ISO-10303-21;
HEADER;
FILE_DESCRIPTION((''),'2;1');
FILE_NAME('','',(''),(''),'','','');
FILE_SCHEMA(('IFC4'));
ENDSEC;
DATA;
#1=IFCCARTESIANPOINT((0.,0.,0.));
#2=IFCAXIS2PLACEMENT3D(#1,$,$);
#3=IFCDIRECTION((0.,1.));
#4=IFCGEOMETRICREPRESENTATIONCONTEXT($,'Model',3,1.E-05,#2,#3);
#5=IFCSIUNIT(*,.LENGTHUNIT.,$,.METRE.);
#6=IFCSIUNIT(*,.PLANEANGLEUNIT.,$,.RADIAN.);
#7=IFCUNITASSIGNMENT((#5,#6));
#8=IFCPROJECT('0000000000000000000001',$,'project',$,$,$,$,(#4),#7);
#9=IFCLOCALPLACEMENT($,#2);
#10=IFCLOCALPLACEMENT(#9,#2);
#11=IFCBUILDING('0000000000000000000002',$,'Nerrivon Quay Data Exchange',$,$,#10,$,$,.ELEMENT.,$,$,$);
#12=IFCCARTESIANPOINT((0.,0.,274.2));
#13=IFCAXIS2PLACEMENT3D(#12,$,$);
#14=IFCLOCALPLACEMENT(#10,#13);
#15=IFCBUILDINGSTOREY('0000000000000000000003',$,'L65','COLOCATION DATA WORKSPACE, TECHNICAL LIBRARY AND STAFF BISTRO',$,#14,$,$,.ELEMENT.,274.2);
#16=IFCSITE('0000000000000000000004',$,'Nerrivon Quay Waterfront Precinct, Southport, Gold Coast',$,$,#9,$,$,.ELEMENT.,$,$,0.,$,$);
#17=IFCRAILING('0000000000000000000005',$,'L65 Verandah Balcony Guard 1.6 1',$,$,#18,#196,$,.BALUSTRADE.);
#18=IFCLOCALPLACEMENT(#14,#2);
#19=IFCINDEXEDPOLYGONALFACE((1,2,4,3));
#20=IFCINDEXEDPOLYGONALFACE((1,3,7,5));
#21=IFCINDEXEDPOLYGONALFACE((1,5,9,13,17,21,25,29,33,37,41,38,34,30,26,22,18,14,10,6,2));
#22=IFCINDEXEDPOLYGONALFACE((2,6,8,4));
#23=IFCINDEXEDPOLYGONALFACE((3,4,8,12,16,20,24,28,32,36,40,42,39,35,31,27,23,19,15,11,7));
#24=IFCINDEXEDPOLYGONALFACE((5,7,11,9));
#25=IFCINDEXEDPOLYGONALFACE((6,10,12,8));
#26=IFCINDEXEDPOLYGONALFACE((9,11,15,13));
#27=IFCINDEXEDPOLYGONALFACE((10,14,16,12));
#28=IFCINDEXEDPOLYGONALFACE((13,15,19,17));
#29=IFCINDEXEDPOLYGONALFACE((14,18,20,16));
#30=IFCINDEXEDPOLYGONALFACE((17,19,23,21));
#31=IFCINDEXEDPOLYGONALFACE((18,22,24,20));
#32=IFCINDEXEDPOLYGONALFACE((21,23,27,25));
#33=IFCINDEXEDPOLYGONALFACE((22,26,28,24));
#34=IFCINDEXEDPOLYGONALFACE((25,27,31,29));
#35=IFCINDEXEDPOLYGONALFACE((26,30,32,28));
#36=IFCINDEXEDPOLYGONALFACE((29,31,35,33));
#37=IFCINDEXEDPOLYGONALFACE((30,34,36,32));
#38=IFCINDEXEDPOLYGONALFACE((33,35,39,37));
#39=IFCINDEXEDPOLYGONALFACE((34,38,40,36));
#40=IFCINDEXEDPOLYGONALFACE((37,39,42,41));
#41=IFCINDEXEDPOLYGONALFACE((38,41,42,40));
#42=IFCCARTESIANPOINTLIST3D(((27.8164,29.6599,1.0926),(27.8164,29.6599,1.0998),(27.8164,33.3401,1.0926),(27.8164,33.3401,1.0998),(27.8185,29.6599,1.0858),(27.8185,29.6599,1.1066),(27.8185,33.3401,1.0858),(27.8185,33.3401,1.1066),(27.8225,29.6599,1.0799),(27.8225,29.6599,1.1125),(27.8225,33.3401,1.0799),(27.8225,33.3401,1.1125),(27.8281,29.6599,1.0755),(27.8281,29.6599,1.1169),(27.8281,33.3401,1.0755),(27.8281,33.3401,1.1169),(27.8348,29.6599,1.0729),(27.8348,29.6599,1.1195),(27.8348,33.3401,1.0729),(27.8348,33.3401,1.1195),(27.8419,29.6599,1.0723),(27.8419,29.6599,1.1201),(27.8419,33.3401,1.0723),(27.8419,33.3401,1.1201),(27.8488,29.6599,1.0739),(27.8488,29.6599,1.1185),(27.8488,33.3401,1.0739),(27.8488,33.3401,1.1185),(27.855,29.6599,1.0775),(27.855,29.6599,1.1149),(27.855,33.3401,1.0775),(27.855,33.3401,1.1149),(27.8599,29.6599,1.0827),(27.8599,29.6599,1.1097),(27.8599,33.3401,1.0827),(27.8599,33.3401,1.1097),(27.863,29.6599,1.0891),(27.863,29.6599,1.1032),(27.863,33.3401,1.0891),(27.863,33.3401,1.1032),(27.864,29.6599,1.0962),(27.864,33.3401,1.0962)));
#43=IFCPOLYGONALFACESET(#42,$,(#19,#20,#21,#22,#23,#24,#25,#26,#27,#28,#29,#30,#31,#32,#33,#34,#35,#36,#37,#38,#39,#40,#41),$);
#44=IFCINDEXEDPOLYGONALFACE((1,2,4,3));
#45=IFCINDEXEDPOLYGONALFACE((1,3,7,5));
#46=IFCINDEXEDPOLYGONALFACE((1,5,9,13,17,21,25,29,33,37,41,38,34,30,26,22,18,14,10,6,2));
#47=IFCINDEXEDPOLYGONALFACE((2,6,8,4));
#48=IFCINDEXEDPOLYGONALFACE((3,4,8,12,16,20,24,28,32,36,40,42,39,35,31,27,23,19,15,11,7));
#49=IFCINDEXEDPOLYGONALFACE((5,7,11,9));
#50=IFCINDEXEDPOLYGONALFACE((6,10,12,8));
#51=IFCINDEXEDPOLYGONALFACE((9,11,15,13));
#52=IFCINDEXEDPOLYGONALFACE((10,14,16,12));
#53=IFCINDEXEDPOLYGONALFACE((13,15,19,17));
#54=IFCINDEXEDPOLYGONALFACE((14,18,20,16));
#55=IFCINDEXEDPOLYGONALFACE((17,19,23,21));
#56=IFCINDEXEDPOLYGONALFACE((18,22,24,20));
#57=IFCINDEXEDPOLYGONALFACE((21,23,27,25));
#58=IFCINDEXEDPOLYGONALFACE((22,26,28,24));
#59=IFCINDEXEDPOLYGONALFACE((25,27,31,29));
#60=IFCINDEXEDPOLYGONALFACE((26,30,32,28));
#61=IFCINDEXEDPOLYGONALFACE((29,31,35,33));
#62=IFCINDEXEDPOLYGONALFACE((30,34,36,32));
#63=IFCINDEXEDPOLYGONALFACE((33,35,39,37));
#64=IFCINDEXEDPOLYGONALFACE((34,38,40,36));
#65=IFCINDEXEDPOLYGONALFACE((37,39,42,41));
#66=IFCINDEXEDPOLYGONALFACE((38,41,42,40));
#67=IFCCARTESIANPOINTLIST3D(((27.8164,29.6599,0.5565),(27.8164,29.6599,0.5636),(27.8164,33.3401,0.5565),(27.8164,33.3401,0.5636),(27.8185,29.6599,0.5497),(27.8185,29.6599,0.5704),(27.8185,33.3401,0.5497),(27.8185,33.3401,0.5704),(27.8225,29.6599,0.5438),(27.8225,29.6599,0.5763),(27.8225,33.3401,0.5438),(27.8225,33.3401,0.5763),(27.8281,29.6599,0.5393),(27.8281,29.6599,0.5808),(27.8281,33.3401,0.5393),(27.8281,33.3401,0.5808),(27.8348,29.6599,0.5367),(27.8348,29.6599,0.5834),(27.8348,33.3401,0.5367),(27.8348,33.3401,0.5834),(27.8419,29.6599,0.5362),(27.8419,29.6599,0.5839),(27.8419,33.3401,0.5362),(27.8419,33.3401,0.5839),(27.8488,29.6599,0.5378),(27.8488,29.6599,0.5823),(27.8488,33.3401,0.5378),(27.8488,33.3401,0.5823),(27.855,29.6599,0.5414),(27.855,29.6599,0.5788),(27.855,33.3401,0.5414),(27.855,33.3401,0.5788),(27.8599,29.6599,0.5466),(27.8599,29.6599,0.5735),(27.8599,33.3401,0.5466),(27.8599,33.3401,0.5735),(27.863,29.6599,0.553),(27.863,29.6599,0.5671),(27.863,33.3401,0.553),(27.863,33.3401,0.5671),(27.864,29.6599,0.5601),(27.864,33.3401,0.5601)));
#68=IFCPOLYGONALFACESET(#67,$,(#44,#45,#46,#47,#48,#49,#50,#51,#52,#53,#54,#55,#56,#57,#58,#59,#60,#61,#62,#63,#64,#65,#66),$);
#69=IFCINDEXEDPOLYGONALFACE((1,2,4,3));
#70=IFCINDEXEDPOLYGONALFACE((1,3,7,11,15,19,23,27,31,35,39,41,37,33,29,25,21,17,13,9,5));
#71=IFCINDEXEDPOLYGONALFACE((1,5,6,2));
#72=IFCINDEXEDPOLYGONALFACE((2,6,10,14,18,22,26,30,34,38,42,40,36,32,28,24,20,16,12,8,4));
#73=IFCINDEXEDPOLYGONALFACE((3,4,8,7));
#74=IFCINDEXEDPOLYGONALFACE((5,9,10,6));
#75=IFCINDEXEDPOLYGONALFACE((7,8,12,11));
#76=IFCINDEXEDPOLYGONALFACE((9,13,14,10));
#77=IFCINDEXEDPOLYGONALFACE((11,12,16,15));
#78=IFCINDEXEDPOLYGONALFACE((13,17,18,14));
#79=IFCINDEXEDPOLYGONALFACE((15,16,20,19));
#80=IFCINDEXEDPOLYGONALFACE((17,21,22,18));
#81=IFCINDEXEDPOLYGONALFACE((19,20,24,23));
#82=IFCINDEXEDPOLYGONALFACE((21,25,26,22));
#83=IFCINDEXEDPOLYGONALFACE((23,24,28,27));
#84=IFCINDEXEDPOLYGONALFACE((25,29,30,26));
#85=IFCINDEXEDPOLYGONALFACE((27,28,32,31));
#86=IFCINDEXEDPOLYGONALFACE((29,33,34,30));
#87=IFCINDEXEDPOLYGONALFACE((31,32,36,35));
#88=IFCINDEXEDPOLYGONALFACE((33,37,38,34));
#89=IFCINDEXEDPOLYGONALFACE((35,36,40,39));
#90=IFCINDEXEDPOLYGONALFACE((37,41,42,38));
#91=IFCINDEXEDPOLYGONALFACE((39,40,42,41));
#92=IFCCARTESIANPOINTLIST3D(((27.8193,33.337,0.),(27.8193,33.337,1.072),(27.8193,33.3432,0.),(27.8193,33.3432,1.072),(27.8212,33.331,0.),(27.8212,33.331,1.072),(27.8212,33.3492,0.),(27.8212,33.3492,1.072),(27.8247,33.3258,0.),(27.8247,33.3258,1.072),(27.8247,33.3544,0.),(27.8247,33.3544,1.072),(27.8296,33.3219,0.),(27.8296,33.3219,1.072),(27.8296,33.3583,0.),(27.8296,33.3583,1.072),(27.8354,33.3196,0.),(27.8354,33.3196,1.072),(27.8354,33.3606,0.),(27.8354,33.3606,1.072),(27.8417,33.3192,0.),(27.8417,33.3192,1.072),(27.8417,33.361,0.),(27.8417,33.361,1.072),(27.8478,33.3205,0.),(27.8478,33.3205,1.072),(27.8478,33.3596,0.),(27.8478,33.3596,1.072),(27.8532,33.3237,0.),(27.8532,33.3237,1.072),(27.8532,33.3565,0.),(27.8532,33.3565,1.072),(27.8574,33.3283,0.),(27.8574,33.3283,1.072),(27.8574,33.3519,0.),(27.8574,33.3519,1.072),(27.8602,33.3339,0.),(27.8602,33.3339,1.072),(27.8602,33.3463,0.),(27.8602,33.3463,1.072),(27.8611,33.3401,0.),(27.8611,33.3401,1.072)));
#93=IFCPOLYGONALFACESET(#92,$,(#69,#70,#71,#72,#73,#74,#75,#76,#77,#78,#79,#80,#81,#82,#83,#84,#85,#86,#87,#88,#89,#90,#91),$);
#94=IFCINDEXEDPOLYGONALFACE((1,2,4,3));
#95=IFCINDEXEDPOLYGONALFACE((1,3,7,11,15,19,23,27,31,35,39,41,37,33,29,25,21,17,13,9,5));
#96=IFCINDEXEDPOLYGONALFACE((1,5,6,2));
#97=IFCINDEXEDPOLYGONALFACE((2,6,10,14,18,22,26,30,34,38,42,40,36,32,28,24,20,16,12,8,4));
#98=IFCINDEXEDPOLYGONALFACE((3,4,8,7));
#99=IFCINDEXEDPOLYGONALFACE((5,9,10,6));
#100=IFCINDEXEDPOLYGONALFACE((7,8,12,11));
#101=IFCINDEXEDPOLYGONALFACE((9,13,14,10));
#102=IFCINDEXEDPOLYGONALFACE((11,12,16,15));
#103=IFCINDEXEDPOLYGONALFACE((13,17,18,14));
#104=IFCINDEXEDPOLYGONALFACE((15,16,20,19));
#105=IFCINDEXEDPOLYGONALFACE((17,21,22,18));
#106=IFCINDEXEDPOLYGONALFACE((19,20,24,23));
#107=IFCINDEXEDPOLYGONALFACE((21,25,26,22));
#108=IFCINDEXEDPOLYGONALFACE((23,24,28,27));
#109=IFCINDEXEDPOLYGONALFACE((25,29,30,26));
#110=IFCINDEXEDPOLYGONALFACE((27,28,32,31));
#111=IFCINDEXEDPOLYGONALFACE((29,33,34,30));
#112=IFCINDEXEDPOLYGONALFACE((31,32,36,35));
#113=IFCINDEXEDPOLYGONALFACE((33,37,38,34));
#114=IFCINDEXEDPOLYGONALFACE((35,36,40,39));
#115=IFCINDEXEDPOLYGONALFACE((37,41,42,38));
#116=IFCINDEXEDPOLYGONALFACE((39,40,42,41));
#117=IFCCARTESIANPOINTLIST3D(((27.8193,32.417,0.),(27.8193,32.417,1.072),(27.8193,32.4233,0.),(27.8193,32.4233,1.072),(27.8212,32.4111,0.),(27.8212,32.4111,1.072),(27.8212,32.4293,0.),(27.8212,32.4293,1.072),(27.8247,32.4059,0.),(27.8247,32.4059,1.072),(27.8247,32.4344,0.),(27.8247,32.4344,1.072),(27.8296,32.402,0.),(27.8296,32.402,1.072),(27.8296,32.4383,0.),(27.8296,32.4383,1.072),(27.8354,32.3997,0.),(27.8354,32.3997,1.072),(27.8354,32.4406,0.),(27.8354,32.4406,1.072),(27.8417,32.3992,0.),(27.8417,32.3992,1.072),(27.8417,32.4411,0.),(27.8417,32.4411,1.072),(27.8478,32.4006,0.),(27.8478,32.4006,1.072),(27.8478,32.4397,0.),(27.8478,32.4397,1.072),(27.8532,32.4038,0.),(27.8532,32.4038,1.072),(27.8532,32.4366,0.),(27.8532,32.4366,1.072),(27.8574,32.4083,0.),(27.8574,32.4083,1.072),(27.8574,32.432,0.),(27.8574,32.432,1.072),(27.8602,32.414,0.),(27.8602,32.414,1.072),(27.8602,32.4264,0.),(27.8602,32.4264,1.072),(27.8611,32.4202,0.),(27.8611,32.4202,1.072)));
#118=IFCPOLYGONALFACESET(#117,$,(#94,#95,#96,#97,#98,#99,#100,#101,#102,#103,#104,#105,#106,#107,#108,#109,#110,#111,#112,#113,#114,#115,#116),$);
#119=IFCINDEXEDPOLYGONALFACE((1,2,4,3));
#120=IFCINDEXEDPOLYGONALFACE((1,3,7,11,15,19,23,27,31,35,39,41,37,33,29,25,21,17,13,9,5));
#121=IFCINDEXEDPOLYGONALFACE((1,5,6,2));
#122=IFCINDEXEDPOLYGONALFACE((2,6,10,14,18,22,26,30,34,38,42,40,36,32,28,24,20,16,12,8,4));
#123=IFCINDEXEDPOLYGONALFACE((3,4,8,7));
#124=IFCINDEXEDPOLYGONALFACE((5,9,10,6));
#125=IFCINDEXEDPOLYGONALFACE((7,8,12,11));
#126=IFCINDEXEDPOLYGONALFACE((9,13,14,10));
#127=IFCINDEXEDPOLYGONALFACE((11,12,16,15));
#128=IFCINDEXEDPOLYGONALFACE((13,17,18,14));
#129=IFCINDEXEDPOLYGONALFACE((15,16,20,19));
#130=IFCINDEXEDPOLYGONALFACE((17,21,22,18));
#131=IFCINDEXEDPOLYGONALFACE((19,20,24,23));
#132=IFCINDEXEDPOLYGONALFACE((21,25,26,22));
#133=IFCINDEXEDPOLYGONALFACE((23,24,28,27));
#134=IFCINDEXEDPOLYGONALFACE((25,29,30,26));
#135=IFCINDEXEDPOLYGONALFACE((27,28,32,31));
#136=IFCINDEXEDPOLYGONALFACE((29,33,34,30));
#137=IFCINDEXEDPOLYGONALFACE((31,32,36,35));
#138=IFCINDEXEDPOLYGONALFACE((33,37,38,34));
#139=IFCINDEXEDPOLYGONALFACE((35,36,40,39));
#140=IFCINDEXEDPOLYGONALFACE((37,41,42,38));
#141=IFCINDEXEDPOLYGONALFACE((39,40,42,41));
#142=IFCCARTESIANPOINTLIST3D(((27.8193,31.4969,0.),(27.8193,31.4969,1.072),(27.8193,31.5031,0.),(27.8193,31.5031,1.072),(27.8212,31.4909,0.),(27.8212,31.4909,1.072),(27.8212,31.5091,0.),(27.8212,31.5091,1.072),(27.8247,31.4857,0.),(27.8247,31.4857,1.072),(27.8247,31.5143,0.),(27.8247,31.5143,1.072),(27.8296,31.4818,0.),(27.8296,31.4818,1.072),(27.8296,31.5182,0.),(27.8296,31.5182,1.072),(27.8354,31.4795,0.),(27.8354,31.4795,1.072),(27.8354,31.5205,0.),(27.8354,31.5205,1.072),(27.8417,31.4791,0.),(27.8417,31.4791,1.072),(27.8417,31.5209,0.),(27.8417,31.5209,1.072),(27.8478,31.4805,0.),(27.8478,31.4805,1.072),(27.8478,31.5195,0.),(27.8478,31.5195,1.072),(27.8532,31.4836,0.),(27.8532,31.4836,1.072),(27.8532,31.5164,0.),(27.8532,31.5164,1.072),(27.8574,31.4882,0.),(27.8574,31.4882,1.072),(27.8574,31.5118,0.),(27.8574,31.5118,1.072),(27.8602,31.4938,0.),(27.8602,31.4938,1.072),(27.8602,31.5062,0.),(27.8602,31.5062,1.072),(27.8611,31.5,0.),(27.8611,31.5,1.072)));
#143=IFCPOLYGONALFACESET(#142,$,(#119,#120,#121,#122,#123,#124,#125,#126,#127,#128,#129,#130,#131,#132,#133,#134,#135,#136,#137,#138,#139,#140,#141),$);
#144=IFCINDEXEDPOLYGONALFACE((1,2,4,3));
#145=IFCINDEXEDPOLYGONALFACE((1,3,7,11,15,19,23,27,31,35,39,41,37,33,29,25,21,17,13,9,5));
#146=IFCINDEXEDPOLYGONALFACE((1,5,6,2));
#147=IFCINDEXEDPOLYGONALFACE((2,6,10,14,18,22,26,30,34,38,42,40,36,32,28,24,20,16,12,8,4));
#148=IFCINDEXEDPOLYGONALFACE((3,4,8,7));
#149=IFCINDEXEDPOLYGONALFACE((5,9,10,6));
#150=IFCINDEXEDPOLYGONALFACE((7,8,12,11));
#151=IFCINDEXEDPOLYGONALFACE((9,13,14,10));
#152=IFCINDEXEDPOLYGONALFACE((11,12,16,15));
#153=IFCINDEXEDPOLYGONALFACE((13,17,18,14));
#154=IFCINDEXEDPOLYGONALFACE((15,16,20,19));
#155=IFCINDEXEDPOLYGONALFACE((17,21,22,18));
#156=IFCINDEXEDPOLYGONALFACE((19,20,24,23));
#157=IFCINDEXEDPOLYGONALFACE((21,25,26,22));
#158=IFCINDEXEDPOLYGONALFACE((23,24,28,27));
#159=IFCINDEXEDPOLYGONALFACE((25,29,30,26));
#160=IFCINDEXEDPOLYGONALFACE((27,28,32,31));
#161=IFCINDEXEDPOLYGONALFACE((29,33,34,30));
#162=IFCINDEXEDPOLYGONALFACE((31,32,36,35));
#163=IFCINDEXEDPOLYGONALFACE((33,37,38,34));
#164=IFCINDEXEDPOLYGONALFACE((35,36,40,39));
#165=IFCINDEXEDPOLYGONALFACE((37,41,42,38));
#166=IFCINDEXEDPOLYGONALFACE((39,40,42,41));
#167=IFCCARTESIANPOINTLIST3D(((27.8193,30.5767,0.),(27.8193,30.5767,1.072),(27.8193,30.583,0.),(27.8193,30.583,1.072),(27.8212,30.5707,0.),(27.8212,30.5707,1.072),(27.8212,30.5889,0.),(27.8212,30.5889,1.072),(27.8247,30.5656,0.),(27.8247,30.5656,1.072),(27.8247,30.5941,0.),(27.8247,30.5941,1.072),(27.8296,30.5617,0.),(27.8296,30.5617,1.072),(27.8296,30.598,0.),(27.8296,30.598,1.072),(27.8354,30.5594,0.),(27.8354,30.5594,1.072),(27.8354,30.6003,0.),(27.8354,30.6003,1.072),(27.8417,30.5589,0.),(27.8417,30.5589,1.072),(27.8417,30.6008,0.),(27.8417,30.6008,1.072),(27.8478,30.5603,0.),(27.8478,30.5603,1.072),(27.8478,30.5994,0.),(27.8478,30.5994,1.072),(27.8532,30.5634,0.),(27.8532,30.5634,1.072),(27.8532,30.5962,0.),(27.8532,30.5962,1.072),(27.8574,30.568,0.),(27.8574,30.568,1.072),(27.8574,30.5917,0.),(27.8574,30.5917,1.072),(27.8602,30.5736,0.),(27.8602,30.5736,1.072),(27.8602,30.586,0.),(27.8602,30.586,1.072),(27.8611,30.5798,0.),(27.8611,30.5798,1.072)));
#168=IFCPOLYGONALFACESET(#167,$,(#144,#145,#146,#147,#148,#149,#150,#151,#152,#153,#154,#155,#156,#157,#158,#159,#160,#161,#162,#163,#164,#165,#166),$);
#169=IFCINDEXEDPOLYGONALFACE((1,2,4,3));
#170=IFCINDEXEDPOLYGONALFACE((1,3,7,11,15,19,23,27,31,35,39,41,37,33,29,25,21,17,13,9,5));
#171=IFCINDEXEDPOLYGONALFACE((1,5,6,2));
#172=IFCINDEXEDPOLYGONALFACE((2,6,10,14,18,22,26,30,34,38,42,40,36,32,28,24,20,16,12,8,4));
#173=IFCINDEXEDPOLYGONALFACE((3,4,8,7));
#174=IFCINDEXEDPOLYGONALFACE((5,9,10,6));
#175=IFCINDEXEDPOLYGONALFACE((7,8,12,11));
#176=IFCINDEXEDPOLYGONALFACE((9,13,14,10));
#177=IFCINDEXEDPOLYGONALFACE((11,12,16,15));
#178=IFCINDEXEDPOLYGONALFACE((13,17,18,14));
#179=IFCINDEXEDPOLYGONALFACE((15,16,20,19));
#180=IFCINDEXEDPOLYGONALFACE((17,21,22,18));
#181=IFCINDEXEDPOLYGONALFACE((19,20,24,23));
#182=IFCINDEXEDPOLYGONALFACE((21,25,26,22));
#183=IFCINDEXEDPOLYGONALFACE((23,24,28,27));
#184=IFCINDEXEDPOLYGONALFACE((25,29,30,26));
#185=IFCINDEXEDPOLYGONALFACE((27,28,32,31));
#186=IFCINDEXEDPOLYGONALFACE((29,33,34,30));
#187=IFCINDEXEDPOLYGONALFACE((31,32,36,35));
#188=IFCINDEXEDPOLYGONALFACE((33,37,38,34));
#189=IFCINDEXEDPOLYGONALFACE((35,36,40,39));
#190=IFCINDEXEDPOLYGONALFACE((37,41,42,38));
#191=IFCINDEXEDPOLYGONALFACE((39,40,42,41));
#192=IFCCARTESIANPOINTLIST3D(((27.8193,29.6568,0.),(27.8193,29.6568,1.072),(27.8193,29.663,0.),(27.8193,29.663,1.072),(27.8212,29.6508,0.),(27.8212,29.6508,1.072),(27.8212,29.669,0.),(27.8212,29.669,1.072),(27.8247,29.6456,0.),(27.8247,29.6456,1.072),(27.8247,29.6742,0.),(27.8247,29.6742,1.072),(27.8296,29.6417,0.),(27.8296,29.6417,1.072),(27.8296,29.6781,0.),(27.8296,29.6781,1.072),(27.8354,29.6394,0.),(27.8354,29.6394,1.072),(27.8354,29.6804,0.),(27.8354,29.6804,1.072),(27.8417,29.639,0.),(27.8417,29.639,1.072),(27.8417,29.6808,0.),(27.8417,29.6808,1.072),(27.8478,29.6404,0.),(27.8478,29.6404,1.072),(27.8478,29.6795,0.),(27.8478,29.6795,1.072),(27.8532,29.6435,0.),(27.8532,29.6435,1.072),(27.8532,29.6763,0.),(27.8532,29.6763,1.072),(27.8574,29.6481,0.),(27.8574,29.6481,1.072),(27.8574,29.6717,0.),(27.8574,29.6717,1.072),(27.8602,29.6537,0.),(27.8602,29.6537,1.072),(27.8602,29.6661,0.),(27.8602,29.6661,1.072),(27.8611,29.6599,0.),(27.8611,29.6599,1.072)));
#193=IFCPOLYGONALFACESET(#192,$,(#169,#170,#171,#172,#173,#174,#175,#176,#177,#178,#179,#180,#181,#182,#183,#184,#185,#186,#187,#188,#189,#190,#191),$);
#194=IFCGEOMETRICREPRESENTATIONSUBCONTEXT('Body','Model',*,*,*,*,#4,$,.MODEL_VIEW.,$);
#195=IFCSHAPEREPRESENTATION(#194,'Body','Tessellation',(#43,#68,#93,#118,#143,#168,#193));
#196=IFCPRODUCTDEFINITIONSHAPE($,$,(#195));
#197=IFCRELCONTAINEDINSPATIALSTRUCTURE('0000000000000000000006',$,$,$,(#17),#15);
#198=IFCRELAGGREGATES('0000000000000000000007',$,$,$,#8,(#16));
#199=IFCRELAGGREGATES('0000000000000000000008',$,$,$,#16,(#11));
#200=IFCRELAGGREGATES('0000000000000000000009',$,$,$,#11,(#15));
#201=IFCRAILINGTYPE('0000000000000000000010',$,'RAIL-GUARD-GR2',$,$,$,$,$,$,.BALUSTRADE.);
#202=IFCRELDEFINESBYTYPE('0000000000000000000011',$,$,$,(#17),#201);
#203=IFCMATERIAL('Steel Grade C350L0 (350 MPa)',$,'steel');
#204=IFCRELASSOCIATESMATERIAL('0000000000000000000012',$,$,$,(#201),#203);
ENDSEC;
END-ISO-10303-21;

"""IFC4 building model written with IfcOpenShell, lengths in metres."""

from ifc_helpers import new_model, si_unit, direction, frame, origin, origin_2d, place, context, subcontext, project, spatial, circle, extrude, material, type_object, element, save


model = new_model("IFC4")

# Units and contexts
model_context = context("Model", 3, precision=1e-05, world=origin(), true_north=direction((0.0, 1.0)))
body_context = subcontext(model_context, "Body", "Model", "MODEL_VIEW")
ifc_project = project(units=[si_unit("LENGTHUNIT", "METRE"), si_unit("PLANEANGLEUNIT", "RADIAN")], contexts=[model_context])

# Site, building, storey
site_placement = place(None, origin())
site = spatial("IfcSite", under=ifc_project, at=site_placement, Name="Nerrivon Quay Waterfront Precinct, Southport, Gold Coast", CompositionType="ELEMENT", RefElevation=0.0)
building_placement = place(site_placement, origin())
building = spatial("IfcBuilding", under=site, at=building_placement, Name="Nerrivon Quay Data Exchange", CompositionType="ELEMENT")
storey_placement = place(building_placement, frame((0.0, 0.0, 274.2)))
storey = spatial("IfcBuildingStorey", under=building, at=storey_placement, Name="L65", Description="COLOCATION DATA WORKSPACE, TECHNICAL LIBRARY AND STAFF BISTRO", CompositionType="ELEMENT", Elevation=274.2)

# Shared definitions
ifc_material_1 = material(Name="Steel Grade C350L0 (350 MPa)", Category="steel")

# Railing
railing_type = type_object("IfcRailingType", Name="RAIL-GUARD-GR2", PredefinedType="BALUSTRADE", material=ifc_material_1)
railing_1_placement = place(storey_placement, frame((27.8401, 33.3401, 0.0)))
element("IfcRailing", 1, at=railing_1_placement, inside=storey, type_object=railing_type, Name="L65 Verandah Balcony Guard 1.6 1", PredefinedType="BALUSTRADE", context=body_context, shape_type="SweptSolid", body=[
    extrude(circle(Radius=0.0239, at=origin_2d()), frame((0.0, 0.0, 1.0962), z_axis=(0.0, -1.0, 0.0), x_axis=(1.0, 0.0, 0.0)), (0.0, 0.0, 1.0), 3.6802),
    extrude(circle(Radius=0.0239, at=origin_2d()), frame((0.0, 0.0, 0.5601), z_axis=(0.0, -1.0, 0.0), x_axis=(1.0, 0.0, 0.0)), (0.0, 0.0, 1.0), 3.6802),
    extrude(circle(Radius=0.021, at=origin_2d()), origin(), (0.0, 0.0, 1.0), 1.072),
    extrude(circle(Radius=0.021, at=origin_2d()), frame((0.0, -0.9199, 0.0)), (0.0, 0.0, 1.0), 1.072),
    extrude(circle(Radius=0.021, at=origin_2d()), frame((0.0, -1.8401, 0.0)), (0.0, 0.0, 1.0), 1.072),
    extrude(circle(Radius=0.021, at=origin_2d()), frame((0.0, -2.7603, 0.0)), (0.0, 0.0, 1.0), 1.072),
    extrude(circle(Radius=0.021, at=origin_2d()), frame((0.0, -3.6802, 0.0)), (0.0, 0.0, 1.0), 1.072),
])

save(model, "model.ifc")
